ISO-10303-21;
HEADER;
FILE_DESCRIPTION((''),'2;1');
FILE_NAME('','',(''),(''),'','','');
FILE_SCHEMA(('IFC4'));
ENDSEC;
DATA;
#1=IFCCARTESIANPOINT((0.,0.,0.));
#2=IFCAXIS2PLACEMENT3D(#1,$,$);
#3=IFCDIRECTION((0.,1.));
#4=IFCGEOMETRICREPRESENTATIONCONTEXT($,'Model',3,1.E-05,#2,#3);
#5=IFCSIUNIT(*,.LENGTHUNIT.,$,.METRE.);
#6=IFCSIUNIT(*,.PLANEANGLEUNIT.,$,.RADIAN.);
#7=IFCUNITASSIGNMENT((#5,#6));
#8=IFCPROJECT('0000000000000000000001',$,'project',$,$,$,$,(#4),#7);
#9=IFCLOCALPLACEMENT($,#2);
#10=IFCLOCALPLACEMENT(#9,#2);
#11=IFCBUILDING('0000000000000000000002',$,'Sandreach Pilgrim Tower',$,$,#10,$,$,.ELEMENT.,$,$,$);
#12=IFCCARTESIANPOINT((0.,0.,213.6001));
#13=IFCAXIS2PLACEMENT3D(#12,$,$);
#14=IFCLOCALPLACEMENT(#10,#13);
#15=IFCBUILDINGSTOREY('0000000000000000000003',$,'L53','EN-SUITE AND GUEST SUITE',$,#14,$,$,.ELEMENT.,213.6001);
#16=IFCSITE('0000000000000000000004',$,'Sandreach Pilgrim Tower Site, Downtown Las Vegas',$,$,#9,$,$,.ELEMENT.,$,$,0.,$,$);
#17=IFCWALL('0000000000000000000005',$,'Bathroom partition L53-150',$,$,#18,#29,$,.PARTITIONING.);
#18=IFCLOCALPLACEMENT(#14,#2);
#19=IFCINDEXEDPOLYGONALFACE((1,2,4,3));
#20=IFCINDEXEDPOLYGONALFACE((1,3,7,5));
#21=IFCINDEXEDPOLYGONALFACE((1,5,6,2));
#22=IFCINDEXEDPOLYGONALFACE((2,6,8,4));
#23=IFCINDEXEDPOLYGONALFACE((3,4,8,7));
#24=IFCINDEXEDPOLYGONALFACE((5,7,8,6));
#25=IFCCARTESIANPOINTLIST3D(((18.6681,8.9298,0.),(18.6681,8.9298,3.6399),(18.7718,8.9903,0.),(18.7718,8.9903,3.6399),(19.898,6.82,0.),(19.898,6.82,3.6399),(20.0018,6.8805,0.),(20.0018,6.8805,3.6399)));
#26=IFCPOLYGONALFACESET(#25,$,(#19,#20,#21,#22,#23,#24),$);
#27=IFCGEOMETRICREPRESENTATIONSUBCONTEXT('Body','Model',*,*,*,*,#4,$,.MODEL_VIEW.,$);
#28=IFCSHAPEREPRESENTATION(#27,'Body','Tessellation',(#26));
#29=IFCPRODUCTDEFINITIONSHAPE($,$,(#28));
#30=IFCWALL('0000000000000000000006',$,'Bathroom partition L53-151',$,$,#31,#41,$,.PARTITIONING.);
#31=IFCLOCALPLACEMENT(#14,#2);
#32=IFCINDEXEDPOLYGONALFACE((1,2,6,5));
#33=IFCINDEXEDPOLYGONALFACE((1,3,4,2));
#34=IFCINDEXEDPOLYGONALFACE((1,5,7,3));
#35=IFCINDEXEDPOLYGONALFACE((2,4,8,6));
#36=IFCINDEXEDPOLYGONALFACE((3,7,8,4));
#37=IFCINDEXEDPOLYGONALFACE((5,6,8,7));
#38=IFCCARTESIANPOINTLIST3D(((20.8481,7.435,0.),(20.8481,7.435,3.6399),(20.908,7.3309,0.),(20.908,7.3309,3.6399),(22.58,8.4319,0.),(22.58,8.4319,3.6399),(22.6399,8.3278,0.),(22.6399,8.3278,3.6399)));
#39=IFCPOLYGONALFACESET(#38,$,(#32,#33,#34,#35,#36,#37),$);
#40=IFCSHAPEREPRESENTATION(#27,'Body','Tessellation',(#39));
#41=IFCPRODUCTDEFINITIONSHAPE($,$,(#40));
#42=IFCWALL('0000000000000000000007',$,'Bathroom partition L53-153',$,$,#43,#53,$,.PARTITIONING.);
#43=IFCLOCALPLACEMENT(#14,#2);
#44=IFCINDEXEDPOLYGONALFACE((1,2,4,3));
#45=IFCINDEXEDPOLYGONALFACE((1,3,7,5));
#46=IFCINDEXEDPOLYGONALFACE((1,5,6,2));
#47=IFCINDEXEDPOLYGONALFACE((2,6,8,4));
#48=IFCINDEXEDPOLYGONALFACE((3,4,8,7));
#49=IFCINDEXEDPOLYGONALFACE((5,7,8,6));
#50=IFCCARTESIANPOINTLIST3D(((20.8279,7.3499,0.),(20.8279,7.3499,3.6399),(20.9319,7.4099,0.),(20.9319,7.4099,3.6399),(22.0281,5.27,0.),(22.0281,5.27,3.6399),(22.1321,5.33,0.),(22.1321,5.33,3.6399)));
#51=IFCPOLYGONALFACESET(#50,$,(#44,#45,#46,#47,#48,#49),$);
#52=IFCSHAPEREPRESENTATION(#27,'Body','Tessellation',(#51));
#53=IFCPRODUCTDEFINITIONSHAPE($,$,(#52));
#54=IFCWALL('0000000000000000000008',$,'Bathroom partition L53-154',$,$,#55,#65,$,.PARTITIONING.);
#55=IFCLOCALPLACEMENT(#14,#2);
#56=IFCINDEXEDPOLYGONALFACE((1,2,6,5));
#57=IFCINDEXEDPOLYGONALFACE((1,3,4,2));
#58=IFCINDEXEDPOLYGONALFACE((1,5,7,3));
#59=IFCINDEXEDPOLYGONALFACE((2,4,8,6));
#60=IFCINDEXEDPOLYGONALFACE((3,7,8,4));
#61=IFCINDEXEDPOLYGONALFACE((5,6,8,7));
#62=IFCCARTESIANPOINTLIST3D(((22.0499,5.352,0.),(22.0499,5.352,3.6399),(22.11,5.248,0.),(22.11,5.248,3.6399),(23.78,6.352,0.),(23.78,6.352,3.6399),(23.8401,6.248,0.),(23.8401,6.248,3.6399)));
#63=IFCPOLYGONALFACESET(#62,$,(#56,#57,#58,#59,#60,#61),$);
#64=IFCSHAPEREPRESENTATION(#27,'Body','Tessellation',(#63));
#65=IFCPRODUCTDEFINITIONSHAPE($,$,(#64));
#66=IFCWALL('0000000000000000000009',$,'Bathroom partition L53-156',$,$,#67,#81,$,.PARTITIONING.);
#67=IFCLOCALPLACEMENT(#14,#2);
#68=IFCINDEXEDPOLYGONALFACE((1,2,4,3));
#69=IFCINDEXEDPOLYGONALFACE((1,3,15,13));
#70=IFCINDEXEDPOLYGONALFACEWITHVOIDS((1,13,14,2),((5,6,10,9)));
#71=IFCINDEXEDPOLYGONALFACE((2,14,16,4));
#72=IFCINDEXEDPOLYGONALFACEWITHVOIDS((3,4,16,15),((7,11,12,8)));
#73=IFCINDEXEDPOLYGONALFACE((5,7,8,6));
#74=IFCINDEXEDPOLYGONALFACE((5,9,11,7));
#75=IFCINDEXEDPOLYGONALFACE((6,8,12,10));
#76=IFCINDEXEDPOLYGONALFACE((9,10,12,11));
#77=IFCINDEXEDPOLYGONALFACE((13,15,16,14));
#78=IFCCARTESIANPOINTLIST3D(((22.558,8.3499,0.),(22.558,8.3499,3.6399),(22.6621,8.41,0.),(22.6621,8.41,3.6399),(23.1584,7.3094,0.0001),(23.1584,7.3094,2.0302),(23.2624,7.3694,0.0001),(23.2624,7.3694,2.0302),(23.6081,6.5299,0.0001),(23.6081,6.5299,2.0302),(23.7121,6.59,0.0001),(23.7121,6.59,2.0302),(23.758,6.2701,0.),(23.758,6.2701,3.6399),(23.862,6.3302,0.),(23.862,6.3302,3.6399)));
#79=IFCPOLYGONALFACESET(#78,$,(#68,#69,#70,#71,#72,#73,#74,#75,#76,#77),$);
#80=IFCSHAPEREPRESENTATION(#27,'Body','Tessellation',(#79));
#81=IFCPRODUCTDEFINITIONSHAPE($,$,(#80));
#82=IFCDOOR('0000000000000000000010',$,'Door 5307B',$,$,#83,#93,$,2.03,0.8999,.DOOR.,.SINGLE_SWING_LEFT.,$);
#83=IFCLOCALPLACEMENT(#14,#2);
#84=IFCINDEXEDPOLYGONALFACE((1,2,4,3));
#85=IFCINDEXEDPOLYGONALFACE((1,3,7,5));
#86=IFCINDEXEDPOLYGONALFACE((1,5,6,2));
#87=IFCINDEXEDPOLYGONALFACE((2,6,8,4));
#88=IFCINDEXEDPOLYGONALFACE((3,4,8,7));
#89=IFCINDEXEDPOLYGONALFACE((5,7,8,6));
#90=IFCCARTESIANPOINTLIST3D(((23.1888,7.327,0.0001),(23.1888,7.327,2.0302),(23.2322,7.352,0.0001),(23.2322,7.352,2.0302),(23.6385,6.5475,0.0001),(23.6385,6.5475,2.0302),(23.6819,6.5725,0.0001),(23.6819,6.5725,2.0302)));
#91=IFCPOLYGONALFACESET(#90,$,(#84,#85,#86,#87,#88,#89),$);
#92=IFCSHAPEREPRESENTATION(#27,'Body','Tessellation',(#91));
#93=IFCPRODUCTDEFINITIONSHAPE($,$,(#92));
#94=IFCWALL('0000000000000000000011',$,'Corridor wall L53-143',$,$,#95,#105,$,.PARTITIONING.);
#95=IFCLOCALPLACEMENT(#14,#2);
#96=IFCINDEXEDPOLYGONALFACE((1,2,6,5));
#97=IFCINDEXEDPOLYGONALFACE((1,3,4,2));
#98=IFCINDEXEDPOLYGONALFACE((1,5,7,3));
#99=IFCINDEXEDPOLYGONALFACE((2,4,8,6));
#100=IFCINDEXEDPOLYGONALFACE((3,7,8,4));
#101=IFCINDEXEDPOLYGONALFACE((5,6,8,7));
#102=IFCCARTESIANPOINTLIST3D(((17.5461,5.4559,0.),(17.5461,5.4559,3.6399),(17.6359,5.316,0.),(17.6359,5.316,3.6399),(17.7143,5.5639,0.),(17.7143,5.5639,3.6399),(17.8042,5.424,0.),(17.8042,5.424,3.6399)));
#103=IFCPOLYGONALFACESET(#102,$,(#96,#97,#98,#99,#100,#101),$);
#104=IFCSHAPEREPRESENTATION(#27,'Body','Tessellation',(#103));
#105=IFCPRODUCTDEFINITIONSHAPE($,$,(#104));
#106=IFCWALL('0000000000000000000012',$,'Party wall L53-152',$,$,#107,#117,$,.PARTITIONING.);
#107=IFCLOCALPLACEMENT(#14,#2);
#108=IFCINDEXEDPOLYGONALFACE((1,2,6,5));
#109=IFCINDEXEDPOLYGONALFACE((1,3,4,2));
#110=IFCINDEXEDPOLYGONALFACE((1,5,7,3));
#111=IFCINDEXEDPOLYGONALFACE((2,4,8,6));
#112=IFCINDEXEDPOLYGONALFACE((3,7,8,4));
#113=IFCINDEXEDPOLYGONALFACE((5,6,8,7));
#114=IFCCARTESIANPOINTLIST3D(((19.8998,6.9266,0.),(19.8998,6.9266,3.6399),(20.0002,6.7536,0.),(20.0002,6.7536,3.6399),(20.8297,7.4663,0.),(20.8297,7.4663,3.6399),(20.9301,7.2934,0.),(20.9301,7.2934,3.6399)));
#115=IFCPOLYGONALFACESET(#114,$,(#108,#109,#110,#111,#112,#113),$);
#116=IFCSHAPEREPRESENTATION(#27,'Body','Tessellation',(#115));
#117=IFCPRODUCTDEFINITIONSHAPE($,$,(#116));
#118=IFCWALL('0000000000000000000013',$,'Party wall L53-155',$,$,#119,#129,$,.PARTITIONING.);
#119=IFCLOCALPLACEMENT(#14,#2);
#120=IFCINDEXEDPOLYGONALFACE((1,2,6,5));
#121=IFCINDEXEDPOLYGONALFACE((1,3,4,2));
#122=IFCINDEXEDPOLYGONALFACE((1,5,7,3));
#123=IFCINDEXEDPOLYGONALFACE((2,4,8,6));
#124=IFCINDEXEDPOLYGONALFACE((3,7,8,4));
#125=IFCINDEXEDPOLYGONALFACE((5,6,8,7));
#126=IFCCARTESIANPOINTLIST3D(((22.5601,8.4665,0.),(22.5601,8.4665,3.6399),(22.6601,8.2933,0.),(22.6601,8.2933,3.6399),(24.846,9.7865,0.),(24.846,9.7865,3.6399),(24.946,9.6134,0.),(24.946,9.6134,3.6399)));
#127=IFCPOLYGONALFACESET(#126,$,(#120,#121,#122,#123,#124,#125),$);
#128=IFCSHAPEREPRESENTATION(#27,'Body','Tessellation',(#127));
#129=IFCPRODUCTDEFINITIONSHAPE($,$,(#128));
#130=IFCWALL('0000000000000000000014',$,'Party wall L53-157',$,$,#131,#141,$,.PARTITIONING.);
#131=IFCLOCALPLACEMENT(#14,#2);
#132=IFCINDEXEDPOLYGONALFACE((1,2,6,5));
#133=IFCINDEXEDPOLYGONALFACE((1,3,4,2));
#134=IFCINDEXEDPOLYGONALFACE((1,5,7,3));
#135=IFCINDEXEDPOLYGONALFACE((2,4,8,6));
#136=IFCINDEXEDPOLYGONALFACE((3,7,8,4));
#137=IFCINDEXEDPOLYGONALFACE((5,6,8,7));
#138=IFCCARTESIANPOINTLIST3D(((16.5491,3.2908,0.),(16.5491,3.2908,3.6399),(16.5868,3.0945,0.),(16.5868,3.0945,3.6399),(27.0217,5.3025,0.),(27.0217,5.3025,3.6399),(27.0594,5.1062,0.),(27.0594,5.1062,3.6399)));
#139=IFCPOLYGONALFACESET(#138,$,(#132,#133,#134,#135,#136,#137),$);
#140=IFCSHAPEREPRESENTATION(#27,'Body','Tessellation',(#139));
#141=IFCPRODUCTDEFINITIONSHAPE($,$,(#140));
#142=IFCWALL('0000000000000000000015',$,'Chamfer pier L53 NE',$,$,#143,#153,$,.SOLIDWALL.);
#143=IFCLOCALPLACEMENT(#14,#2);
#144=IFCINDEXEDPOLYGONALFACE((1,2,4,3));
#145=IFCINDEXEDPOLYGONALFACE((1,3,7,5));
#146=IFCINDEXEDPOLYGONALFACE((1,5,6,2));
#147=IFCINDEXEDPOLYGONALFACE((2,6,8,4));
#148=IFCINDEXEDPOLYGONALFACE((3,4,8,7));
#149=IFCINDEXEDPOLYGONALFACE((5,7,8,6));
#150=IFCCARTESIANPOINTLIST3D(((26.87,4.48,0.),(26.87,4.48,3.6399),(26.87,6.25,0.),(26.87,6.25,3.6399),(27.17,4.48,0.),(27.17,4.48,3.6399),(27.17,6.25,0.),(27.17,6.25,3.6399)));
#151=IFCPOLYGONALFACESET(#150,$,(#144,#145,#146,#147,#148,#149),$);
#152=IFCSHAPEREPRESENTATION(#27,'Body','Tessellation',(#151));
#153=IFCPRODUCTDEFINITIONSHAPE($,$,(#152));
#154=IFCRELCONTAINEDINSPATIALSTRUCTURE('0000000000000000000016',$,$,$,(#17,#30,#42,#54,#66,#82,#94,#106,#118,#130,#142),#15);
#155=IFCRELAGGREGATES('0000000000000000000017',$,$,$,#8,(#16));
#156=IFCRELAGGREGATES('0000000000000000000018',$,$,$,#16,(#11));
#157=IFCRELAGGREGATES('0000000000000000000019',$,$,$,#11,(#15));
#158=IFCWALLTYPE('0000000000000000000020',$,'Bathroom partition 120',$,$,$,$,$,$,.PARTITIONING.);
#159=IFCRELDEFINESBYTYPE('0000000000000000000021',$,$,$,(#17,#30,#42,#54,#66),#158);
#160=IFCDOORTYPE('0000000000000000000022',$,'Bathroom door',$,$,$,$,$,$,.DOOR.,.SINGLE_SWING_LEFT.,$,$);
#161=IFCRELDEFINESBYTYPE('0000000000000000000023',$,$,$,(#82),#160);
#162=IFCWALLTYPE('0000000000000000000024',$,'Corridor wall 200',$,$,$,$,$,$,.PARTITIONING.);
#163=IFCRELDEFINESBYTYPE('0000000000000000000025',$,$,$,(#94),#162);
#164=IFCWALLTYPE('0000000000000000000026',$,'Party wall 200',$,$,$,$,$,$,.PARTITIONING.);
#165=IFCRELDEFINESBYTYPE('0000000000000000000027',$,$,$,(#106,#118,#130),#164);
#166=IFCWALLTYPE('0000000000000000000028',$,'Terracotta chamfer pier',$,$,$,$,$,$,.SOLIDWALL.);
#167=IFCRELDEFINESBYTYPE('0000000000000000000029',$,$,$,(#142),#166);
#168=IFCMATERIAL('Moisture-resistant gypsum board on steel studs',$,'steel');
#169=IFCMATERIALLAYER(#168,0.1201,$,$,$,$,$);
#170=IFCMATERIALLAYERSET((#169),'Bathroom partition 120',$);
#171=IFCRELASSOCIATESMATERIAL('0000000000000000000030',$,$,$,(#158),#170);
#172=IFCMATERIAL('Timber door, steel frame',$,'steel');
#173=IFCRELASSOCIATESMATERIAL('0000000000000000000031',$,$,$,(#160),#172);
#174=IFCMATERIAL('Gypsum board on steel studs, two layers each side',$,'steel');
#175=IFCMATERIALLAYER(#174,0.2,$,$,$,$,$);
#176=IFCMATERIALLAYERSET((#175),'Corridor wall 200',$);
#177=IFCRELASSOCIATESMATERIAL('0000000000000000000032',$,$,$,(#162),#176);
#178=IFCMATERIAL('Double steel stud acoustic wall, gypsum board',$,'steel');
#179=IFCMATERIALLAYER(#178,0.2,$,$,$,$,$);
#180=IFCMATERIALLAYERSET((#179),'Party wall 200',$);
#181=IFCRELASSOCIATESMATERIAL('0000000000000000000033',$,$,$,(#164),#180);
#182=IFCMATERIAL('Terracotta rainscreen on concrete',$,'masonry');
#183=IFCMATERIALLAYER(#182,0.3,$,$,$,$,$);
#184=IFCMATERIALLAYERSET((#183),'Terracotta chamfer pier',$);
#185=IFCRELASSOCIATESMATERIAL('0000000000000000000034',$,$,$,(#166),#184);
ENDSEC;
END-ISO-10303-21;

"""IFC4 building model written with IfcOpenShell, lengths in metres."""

from ifc_helpers import new_model, si_unit, direction, frame, frame_2d, origin, place, context, subcontext, project, spatial, rectangle, extrude, material, layer, layer_set, type_object, element, fill, save


model = new_model("IFC4")

# Units and contexts
model_context = context("Model", 3, precision=1e-05, world=origin(), true_north=direction((0.0, 1.0)))
body_context = subcontext(model_context, "Body", "Model", "MODEL_VIEW")
ifc_project = project(units=[si_unit("LENGTHUNIT", "METRE"), si_unit("PLANEANGLEUNIT", "RADIAN")], contexts=[model_context])

# Site, building, storey
site_placement = place(None, origin())
site = spatial("IfcSite", under=ifc_project, at=site_placement, Name="Sandreach Pilgrim Tower Site, Downtown Las Vegas", CompositionType="ELEMENT", RefElevation=0.0)
building_placement = place(site_placement, origin())
building = spatial("IfcBuilding", under=site, at=building_placement, Name="Sandreach Pilgrim Tower", CompositionType="ELEMENT")
storey_placement = place(building_placement, frame((0.0, 0.0, 213.6001)))
storey = spatial("IfcBuildingStorey", under=building, at=storey_placement, Name="L53", Description="EN-SUITE AND GUEST SUITE", CompositionType="ELEMENT", Elevation=213.6001)

# Shared definitions
ifc_material_1 = material(Name="Moisture-resistant gypsum board on steel studs", Category="steel")
ifc_layer_1 = layer(ifc_material_1, 0.1201)
ifc_layer_set_1 = layer_set([ifc_layer_1], Name="Bathroom partition 120")
wall_type_1 = type_object("IfcWallType", Name="Bathroom partition 120", PredefinedType="PARTITIONING", material=ifc_layer_set_1)

# Shared definitions
ifc_material_2 = material(Name="Timber door, steel frame", Category="steel")
door_type = type_object("IfcDoorType", Name="Bathroom door", OperationType="SINGLE_SWING_LEFT", PredefinedType="DOOR", material=ifc_material_2)

# Walls
wall_1_placement = place(storey_placement, frame((19.95, 6.8501, 0.0), z_axis=(0.0, 0.0, 1.0), x_axis=(-0.503635, 0.863917, 0.0)))
element("IfcWall", 1, at=wall_1_placement, inside=storey, type_object=wall_type_1, Name="Bathroom partition L53-150", PredefinedType="PARTITIONING", context=body_context, shape_type="SweptSolid", body=[
    extrude(rectangle(XDim=2.4421, YDim=0.1201, at=frame_2d((1.2212, 0.0))), origin(), (0.0, 0.0, 1.0), 3.6399),
])
wall_2_placement = place(storey_placement, frame((20.8782, 7.3831, 0.0), z_axis=(0.0, 0.0, 1.0), x_axis=(0.866698, 0.498834, 0.0)))
element("IfcWall", 2, at=wall_2_placement, inside=storey, type_object=wall_type_1, Name="Bathroom partition L53-151", PredefinedType="PARTITIONING", context=body_context, shape_type="SweptSolid", body=[
    extrude(rectangle(XDim=1.9983, YDim=0.1201, at=frame_2d((0.999, 0.0))), origin(), (0.0, 0.0, 1.0), 3.6399),
])
wall_3_placement = place(storey_placement, frame((20.8799, 7.3799, 0.0), z_axis=(0.0, 0.0, 1.0), x_axis=(0.499813, -0.866133, 0.0)))
element("IfcWall", 3, at=wall_3_placement, inside=storey, type_object=wall_type_1, Name="Bathroom partition L53-153", PredefinedType="PARTITIONING", context=body_context, shape_type="SweptSolid", body=[
    extrude(rectangle(XDim=2.4014, YDim=0.1201, at=frame_2d((1.2007, 0.0))), origin(), (0.0, 0.0, 1.0), 3.6399),
])
wall_4_placement = place(storey_placement, frame((22.0801, 5.3, 0.0), z_axis=(0.0, 0.0, 1.0), x_axis=(0.865766, 0.500449, 0.0)))
element("IfcWall", 4, at=wall_4_placement, inside=storey, type_object=wall_type_1, Name="Bathroom partition L53-154", PredefinedType="PARTITIONING", context=body_context, shape_type="SweptSolid", body=[
    extrude(rectangle(XDim=1.9983, YDim=0.1201, at=frame_2d((0.999, 0.0))), origin(), (0.0, 0.0, 1.0), 3.6399),
])

# Wall, opening, door
wall_5_placement = place(storey_placement, frame((23.8101, 6.3, 0.0), z_axis=(0.0, 0.0, 1.0), x_axis=(-0.499737, 0.866177, 0.0)))
wall_5 = element("IfcWall", 5, at=wall_5_placement, inside=storey, type_object=wall_type_1, Name="Bathroom partition L53-156", PredefinedType="PARTITIONING", context=body_context, shape_type="SweptSolid", body=[
    extrude(rectangle(XDim=2.4011, YDim=0.1201, at=frame_2d((1.2007, 0.0))), origin(), (0.0, 0.0, 1.0), 3.6399),
])
opening_1_placement = place(wall_5_placement, frame((0.3, 0.0, 0.0)))
opening_1 = element("IfcOpeningElement", 6, at=opening_1_placement, cuts=wall_5, PredefinedType="OPENING", context=body_context, shape_type="SweptSolid", body=[
    extrude(rectangle(XDim=0.8999, YDim=2.03, at=frame_2d((0.45, 1.0151))), frame((0.0, 0.0601, 0.0), z_axis=(0.0, -1.0, 0.0), x_axis=(1.0, 0.0, 0.0)), (0.0, 0.0, 1.0), 0.1201),
])
door_1_placement = place(opening_1_placement, origin())
door_1 = element("IfcDoor", 7, at=door_1_placement, inside=storey, type_object=door_type, Name="Door 5307B", OperationType="SINGLE_SWING_LEFT", OverallHeight=2.03, OverallWidth=0.8999, PredefinedType="DOOR", context=body_context, shape_type="SweptSolid", body=[
    extrude(rectangle(XDim=0.8999, YDim=2.03, at=frame_2d((0.45, 1.0151))), frame((0.0, 0.0249, 0.0), z_axis=(0.0, -1.0, 0.0), x_axis=(1.0, 0.0, 0.0)), (0.0, 0.0, 1.0), 0.05),
])
fill(opening_1, door_1)

# Walls
ifc_material_3 = material(Name="Gypsum board on steel studs, two layers each side", Category="steel")
ifc_layer_2 = layer(ifc_material_3, 0.2)
ifc_layer_set_2 = layer_set([ifc_layer_2], Name="Corridor wall 200")
wall_type_2 = type_object("IfcWallType", Name="Corridor wall 200", PredefinedType="PARTITIONING", material=ifc_layer_set_2)
wall_6_placement = place(storey_placement, frame((17.72, 5.3701, 0.0), z_axis=(0.0, 0.0, 1.0), x_axis=(-0.540386, 0.841417, 0.0)))
element("IfcWall", 8, at=wall_6_placement, inside=storey, type_object=wall_type_2, Name="Corridor wall L53-143", PredefinedType="PARTITIONING", context=body_context, shape_type="SweptSolid", body=[
    extrude(rectangle(XDim=0.1663, YDim=0.2, at=frame_2d((0.083, 0.0))), origin(), (0.0, 0.0, 1.0), 3.6399),
])
ifc_material_4 = material(Name="Double steel stud acoustic wall, gypsum board", Category="steel")
ifc_layer_3 = layer(ifc_material_4, 0.2)
ifc_layer_set_3 = layer_set([ifc_layer_3], Name="Party wall 200")
wall_type_3 = type_object("IfcWallType", Name="Party wall 200", PredefinedType="PARTITIONING", material=ifc_layer_set_3)
wall_7_placement = place(storey_placement, frame((20.8799, 7.3799, 0.0), z_axis=(0.0, 0.0, 1.0), x_axis=(-0.864856, -0.50202, 0.0)))
element("IfcWall", 9, at=wall_7_placement, inside=storey, type_object=wall_type_3, Name="Party wall L53-152", PredefinedType="PARTITIONING", context=body_context, shape_type="SweptSolid", body=[
    extrude(rectangle(XDim=1.0752, YDim=0.2, at=frame_2d((0.5376, 0.0))), origin(), (0.0, 0.0, 1.0), 3.6399),
])
wall_8_placement = place(storey_placement, frame((22.6101, 8.3799, 0.0), z_axis=(0.0, 0.0, 1.0), x_axis=(0.865975, 0.500088, 0.0)))
element("IfcWall", 10, at=wall_8_placement, inside=storey, type_object=wall_type_3, Name="Party wall L53-155", PredefinedType="PARTITIONING", context=body_context, shape_type="SweptSolid", body=[
    extrude(rectangle(XDim=2.6396, YDim=0.2, at=frame_2d((1.3198, 0.0))), origin(), (0.0, 0.0, 1.0), 3.6399),
])
wall_9_placement = place(storey_placement, frame((27.0405, 5.2043, 0.0), z_axis=(0.0, 0.0, 1.0), x_axis=(-0.982046, -0.188644, 0.0)))
element("IfcWall", 11, at=wall_9_placement, inside=storey, type_object=wall_type_3, Name="Party wall L53-157", PredefinedType="PARTITIONING", context=body_context, shape_type="SweptSolid", body=[
    extrude(rectangle(XDim=10.6641, YDim=0.2, at=frame_2d((5.332, 0.0))), origin(), (0.0, 0.0, 1.0), 3.6399),
])
ifc_material_5 = material(Name="Terracotta rainscreen on concrete", Category="masonry")
ifc_layer_4 = layer(ifc_material_5, 0.3)
ifc_layer_set_4 = layer_set([ifc_layer_4], Name="Terracotta chamfer pier")
wall_type_4 = type_object("IfcWallType", Name="Terracotta chamfer pier", PredefinedType="SOLIDWALL", material=ifc_layer_set_4)
wall_10_placement = place(storey_placement, frame((27.02, 6.25, 0.0), z_axis=(0.0, 0.0, 1.0), x_axis=(0.0, -1.0, 0.0)))
element("IfcWall", 12, at=wall_10_placement, inside=storey, type_object=wall_type_4, Name="Chamfer pier L53 NE", PredefinedType="SOLIDWALL", context=body_context, shape_type="SweptSolid", body=[
    extrude(rectangle(XDim=1.77, YDim=0.3, at=frame_2d((0.885, 0.0))), origin(), (0.0, 0.0, 1.0), 3.6399),
])

save(model, "model.ifc")
